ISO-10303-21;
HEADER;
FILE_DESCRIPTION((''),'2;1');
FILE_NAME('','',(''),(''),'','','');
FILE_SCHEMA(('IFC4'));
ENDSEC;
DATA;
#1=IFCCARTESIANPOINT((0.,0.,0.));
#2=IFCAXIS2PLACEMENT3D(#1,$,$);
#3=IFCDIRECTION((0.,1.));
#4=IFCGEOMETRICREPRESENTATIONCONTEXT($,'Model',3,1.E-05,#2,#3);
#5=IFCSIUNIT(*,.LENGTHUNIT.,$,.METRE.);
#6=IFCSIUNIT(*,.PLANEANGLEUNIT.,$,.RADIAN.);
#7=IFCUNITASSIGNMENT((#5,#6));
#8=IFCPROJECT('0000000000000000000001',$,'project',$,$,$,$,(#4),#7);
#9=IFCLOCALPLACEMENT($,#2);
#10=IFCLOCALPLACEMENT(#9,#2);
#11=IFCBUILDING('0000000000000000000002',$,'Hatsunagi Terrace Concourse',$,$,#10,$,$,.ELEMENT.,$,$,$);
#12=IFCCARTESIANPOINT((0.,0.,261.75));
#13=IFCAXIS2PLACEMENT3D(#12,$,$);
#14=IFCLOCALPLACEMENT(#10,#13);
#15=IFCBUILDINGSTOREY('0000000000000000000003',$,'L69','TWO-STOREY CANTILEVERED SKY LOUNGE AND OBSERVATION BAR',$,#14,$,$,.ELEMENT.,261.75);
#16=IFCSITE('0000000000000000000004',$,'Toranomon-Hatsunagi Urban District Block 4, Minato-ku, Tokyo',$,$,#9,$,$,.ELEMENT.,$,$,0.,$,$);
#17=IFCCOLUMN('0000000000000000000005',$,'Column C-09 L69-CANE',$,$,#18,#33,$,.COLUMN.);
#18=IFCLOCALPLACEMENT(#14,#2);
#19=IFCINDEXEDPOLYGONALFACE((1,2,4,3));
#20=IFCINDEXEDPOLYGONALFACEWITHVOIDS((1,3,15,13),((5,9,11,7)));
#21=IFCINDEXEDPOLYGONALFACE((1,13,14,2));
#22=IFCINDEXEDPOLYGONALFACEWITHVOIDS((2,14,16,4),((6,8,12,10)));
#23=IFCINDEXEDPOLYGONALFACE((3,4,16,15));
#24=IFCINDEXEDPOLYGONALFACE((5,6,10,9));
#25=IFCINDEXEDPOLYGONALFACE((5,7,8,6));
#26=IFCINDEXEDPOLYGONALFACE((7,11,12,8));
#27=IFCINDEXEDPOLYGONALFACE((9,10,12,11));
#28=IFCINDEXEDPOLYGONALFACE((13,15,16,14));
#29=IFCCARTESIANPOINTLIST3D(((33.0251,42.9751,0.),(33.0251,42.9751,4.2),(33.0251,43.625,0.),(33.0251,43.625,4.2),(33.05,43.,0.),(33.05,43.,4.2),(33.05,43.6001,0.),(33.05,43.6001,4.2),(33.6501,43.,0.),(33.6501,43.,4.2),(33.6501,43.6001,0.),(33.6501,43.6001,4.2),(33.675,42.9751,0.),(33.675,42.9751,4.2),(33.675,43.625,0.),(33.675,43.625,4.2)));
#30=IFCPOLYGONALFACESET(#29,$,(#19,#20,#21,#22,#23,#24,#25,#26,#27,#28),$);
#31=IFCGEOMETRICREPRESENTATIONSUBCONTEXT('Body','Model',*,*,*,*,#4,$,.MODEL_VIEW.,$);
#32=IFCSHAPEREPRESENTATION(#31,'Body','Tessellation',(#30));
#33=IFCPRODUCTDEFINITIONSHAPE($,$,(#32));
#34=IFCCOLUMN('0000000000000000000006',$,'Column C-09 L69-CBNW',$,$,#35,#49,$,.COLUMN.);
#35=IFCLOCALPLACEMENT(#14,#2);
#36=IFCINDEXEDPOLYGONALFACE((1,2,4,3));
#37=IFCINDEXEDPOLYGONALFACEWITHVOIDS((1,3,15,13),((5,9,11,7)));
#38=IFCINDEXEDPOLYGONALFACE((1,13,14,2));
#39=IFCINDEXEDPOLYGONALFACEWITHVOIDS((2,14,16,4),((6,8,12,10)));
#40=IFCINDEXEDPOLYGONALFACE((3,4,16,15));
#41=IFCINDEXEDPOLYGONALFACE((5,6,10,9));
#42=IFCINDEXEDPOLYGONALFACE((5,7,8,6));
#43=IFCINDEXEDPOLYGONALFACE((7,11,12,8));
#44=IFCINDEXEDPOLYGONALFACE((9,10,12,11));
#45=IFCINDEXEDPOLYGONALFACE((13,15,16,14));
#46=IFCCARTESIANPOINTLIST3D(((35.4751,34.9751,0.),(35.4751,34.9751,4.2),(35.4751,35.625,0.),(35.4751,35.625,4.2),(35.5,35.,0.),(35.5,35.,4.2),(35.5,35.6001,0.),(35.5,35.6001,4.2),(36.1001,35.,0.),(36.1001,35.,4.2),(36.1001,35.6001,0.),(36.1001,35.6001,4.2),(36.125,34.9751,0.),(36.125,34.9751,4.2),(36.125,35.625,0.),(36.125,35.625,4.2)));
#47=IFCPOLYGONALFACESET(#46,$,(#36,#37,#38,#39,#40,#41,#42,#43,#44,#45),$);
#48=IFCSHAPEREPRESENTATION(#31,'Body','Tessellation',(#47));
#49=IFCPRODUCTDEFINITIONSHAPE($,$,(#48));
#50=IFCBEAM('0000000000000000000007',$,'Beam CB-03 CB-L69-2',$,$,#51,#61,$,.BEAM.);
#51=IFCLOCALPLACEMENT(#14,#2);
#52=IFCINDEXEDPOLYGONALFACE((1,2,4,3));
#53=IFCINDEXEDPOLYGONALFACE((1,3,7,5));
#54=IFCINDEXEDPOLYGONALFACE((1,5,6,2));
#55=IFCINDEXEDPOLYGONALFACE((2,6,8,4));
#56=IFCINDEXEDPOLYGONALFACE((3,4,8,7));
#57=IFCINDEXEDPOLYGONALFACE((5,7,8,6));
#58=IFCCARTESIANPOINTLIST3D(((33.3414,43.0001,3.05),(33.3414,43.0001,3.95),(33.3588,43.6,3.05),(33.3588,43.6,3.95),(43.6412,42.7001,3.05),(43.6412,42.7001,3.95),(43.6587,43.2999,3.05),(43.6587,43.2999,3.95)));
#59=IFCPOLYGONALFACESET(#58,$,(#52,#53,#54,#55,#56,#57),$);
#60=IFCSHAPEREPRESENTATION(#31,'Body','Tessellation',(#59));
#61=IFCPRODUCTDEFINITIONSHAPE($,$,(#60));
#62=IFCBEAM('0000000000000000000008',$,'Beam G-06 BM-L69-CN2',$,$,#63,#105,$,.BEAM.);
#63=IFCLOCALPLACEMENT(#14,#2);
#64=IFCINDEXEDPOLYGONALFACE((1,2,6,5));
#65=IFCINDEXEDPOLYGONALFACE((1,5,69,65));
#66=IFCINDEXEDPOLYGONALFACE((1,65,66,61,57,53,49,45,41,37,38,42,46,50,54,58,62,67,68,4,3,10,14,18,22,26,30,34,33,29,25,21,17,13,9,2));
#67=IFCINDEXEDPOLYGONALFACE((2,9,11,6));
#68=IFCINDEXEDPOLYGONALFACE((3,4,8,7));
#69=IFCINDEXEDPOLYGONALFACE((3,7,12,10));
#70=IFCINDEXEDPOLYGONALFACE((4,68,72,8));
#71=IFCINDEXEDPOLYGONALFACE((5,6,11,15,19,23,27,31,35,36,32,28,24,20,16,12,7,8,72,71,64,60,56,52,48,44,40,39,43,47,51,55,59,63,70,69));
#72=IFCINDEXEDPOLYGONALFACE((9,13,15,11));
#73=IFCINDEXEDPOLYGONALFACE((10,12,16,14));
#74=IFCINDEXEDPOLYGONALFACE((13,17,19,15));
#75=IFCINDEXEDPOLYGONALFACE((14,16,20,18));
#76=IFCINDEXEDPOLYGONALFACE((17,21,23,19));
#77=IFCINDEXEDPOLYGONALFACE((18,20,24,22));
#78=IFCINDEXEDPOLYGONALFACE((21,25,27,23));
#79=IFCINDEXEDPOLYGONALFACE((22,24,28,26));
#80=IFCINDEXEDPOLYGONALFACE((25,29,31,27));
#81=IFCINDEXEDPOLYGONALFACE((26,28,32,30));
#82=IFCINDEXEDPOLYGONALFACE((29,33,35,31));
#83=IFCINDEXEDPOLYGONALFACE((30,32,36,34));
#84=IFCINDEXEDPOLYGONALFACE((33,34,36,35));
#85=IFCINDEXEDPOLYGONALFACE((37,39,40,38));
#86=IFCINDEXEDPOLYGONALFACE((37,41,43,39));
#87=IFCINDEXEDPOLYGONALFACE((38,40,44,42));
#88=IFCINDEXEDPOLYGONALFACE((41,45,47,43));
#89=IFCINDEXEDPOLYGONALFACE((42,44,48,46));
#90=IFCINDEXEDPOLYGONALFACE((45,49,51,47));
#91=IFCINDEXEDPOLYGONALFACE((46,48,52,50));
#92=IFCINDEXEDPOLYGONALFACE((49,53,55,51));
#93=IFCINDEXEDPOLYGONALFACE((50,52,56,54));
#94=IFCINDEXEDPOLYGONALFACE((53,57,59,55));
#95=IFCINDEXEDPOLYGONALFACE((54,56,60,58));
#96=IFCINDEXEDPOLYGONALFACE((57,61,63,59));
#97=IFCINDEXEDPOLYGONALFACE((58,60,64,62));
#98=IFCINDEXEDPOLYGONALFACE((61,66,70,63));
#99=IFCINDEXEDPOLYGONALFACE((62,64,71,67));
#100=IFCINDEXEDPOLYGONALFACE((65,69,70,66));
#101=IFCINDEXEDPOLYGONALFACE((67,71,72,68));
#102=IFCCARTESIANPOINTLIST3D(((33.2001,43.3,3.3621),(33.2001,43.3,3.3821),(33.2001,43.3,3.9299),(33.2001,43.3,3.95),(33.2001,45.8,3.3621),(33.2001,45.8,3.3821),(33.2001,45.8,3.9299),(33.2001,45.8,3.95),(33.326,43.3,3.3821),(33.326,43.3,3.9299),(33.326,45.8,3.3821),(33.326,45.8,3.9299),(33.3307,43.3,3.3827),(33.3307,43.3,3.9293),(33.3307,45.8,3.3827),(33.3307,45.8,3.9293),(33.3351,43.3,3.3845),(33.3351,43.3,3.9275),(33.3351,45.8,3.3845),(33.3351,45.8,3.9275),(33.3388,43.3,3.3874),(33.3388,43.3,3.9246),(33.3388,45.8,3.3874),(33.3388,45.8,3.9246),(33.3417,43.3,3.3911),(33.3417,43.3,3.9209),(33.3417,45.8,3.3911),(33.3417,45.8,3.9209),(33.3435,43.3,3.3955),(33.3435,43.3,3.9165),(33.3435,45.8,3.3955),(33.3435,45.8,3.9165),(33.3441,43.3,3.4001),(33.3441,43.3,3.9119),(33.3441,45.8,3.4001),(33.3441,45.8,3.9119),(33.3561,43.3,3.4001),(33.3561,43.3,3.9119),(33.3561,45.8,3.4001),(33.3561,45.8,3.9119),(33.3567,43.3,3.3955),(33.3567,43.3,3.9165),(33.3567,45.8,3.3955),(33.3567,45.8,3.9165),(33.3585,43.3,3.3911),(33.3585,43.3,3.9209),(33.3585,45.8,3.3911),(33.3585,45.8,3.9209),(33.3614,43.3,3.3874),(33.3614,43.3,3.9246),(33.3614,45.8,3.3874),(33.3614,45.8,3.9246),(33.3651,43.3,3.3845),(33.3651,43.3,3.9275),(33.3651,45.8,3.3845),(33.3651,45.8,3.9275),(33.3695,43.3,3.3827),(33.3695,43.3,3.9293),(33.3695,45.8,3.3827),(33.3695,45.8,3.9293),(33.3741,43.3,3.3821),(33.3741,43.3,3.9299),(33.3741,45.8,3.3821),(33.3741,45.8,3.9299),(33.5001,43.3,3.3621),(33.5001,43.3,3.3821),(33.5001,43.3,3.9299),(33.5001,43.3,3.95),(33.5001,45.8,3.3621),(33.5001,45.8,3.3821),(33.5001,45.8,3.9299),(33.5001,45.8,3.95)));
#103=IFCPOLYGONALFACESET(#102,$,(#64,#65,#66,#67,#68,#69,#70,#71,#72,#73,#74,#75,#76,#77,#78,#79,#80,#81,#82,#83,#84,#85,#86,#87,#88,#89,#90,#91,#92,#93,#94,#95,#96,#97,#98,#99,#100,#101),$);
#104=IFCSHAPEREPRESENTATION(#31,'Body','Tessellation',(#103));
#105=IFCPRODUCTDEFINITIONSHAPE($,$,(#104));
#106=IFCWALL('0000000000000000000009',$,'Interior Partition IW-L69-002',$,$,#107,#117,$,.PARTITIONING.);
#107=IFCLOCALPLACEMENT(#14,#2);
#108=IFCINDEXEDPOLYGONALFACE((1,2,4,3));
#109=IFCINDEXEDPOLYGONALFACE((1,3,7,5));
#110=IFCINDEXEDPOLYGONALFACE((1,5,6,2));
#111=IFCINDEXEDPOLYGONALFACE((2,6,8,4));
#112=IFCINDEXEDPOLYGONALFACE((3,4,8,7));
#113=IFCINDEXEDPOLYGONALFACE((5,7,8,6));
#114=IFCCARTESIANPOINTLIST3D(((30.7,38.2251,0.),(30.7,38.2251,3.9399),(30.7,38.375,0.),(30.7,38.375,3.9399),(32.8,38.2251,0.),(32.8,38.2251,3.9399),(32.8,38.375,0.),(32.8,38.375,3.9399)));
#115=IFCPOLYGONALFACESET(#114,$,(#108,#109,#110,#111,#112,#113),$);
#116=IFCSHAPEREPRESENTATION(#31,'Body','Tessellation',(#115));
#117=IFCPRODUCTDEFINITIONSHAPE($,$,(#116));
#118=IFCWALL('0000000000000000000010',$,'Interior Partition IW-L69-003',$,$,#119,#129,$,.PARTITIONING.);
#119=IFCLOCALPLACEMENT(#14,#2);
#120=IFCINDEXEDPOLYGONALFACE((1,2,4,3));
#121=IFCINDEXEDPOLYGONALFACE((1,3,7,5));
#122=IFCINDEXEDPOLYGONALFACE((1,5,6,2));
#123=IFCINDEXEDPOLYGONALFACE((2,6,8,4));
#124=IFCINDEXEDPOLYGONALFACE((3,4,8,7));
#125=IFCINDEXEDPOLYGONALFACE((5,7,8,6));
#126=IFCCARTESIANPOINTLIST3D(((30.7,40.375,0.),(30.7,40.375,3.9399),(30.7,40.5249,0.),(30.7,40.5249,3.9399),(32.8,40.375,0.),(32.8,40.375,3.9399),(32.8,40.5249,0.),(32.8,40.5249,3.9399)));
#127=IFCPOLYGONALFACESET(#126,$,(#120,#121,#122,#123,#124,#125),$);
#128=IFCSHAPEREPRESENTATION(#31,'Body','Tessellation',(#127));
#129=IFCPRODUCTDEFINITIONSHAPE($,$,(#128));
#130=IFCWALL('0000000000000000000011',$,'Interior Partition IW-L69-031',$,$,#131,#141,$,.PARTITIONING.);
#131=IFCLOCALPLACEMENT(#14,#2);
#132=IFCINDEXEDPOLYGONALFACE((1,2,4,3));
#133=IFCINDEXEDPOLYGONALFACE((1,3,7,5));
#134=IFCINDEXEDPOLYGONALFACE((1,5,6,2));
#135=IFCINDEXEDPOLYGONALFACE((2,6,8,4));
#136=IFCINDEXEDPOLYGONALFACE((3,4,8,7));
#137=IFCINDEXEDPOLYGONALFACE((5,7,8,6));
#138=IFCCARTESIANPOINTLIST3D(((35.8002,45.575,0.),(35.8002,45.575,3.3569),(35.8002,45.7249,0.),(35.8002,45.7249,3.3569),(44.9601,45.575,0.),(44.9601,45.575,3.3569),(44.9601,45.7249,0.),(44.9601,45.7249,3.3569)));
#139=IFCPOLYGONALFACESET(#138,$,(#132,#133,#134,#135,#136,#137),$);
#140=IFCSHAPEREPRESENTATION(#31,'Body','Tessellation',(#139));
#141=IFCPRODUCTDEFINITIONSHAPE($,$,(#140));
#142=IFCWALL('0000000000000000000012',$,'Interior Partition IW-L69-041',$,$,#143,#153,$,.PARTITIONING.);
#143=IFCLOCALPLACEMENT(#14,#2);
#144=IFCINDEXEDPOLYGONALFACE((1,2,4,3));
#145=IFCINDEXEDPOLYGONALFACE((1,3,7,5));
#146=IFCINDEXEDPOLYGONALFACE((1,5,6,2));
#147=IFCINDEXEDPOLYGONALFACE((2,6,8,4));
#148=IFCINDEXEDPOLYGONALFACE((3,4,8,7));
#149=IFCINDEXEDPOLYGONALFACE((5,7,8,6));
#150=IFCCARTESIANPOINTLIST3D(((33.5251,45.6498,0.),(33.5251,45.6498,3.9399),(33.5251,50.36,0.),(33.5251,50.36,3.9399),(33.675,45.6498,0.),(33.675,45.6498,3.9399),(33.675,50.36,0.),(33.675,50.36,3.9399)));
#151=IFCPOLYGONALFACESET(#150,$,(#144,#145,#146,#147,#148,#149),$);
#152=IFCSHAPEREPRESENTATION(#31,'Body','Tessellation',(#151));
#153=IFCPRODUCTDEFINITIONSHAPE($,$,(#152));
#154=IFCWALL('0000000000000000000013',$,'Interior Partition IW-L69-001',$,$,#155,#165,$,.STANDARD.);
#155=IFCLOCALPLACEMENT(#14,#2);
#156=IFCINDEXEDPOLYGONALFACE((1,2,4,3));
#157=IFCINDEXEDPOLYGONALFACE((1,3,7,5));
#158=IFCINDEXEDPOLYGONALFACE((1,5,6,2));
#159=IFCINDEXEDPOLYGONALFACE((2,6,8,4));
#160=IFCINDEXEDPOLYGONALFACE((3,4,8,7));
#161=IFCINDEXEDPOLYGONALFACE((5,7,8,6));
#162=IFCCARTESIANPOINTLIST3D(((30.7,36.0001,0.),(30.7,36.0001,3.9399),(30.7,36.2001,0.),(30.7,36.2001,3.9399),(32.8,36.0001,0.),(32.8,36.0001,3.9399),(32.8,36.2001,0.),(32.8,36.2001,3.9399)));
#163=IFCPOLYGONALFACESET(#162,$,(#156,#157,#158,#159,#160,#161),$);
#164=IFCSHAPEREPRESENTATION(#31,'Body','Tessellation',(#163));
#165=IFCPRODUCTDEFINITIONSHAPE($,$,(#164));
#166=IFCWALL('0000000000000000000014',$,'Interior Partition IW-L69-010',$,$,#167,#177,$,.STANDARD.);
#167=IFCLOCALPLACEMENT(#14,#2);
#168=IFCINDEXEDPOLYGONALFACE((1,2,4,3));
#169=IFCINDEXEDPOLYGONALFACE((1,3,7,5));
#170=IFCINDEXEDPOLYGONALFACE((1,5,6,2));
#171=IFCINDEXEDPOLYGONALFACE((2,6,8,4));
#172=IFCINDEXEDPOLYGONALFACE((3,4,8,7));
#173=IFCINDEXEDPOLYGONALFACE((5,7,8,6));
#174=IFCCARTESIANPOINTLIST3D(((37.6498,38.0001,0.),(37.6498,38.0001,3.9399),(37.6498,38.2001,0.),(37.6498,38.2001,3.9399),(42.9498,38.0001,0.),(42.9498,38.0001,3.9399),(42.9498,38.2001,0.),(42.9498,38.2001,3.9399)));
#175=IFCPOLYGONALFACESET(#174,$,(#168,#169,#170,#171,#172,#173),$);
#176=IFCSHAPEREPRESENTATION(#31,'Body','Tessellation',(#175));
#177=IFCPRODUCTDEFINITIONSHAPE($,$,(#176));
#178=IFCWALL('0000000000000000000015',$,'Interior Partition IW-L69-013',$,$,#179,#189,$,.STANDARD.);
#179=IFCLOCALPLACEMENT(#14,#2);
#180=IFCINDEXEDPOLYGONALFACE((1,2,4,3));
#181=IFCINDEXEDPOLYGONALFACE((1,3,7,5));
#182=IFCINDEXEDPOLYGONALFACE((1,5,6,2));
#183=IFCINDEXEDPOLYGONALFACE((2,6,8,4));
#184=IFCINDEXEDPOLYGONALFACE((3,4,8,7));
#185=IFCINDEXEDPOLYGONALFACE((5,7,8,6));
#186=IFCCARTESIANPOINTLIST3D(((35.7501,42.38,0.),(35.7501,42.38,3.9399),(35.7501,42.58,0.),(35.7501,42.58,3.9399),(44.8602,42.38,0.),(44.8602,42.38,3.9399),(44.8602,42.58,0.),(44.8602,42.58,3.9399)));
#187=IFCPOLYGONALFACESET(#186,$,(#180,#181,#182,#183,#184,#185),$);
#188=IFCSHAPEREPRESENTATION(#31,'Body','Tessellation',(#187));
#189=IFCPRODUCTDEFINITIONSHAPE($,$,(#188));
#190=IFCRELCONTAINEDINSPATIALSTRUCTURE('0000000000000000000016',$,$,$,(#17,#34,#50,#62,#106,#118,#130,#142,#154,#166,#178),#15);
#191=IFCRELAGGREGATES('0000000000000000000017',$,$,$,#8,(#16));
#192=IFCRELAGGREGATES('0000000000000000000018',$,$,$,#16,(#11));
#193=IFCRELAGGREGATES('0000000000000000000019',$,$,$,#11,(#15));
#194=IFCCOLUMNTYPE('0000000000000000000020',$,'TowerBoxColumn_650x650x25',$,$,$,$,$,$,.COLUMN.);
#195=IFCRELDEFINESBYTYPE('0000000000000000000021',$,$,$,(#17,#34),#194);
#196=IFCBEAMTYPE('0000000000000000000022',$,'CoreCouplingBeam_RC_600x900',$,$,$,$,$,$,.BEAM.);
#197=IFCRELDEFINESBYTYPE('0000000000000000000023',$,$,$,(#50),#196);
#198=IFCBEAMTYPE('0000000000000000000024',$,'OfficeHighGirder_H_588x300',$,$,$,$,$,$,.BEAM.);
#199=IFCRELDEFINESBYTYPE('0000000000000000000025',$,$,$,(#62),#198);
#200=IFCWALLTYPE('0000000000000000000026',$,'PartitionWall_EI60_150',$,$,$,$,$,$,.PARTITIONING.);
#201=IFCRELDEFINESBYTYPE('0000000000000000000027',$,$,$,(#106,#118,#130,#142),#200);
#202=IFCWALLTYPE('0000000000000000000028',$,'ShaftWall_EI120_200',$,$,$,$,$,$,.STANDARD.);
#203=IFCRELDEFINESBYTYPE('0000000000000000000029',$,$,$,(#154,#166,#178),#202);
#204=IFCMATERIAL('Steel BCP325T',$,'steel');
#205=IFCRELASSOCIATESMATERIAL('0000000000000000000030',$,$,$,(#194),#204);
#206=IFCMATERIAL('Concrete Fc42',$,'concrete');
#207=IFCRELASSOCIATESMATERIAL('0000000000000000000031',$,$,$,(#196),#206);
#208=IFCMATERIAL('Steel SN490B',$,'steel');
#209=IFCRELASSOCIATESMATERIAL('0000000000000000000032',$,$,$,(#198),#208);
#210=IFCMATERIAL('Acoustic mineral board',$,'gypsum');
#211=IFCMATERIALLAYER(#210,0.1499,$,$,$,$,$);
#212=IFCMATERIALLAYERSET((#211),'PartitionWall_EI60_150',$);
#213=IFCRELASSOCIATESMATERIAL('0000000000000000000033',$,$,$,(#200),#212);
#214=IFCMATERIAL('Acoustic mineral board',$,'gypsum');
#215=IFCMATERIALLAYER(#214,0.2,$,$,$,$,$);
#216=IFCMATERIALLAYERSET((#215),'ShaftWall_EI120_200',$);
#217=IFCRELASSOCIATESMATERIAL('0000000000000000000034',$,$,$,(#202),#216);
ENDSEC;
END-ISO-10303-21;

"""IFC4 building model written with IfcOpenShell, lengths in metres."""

from ifc_helpers import new_model, si_unit, direction, frame, frame_2d, origin, origin_2d, place, context, subcontext, project, spatial, rectangle, hollow_rectangle, i_section, extrude, material, layer, layer_set, material_profile, profile_set, type_object, element, save


model = new_model("IFC4")

# Units and contexts
model_context = context("Model", 3, precision=1e-05, world=origin(), true_north=direction((0.0, 1.0)))
body_context = subcontext(model_context, "Body", "Model", "MODEL_VIEW")
ifc_project = project(units=[si_unit("LENGTHUNIT", "METRE"), si_unit("PLANEANGLEUNIT", "RADIAN")], contexts=[model_context])

# Site, building, storey
site_placement = place(None, origin())
site = spatial("IfcSite", under=ifc_project, at=site_placement, Name="Toranomon-Hatsunagi Urban District Block 4, Minato-ku, Tokyo", CompositionType="ELEMENT", RefElevation=0.0)
building_placement = place(site_placement, origin())
building = spatial("IfcBuilding", under=site, at=building_placement, Name="Hatsunagi Terrace Concourse", CompositionType="ELEMENT")
storey_placement = place(building_placement, frame((0.0, 0.0, 261.75)))
storey = spatial("IfcBuildingStorey", under=building, at=storey_placement, Name="L69", Description="TWO-STOREY CANTILEVERED SKY LOUNGE AND OBSERVATION BAR", CompositionType="ELEMENT", Elevation=261.75)

# Columns
ifc_material_1 = material(Name="Steel BCP325T", Category="steel")
ifc_material_profile_1 = material_profile(ifc_material_1, hollow_rectangle(XDim=0.6499, YDim=0.6499, WallThickness=0.0249, at=origin_2d()), Name="BCP-650x650x25")
ifc_profile_set_1 = profile_set([ifc_material_profile_1], Name="Steel BCP325T")
column_type = type_object("IfcColumnType", Name="TowerBoxColumn_650x650x25", PredefinedType="COLUMN", material=ifc_profile_set_1)
for number, where, z_axis, x_axis, name in (
    (1, (33.3501, 43.3, 0.0), (0.0, 0.0, 1.0), (1.0, 0.0, 0.0), "Column C-09 L69-CANE"),
    (2, (35.8, 35.3, 0.0), (0.0, 0.0, 1.0), (1.0, 0.0, 0.0), "Column C-09 L69-CBNW"),
):
    element("IfcColumn", number, at=place(storey_placement, frame(where, z_axis=z_axis, x_axis=x_axis)), inside=storey, type_object=column_type, Name=name, PredefinedType="COLUMN", context=body_context, shape_type="SweptSolid", body=[
        extrude(hollow_rectangle(XDim=0.6499, YDim=0.6499, WallThickness=0.0249, at=origin_2d()), origin(), (0.0, 0.0, 1.0), 4.2),
    ])

# Beams
ifc_material_2 = material(Name="Concrete Fc42", Category="concrete")
ifc_material_profile_2 = material_profile(ifc_material_2, rectangle(XDim=0.6001, YDim=0.8999, at=origin_2d()), Name="RC-600x900")
ifc_profile_set_2 = profile_set([ifc_material_profile_2], Name="Concrete Fc42")
beam_type_1 = type_object("IfcBeamType", Name="CoreCouplingBeam_RC_600x900", PredefinedType="BEAM", material=ifc_profile_set_2)
beam_1_placement = place(storey_placement, frame((33.3501, 43.3, 3.5), z_axis=(0.999576, -0.029119, 0.0), x_axis=(0.029119, 0.999576, 0.0)))
element("IfcBeam", 3, at=beam_1_placement, inside=storey, type_object=beam_type_1, Name="Beam CB-03 CB-L69-2", PredefinedType="BEAM", context=body_context, shape_type="SweptSolid", body=[
    extrude(rectangle(XDim=0.6001, YDim=0.8999, at=origin_2d()), origin(), (0.0, 0.0, 1.0), 10.3042),
])
ifc_material_3 = material(Name="Steel SN490B", Category="steel")
ifc_material_profile_3 = material_profile(ifc_material_3, i_section(OverallWidth=0.3, OverallDepth=0.5879, WebThickness=0.012, FlangeThickness=0.02, FilletRadius=0.0181, at=origin_2d()), Name="H-588x300x12x20")
ifc_profile_set_3 = profile_set([ifc_material_profile_3], Name="Steel SN490B")
beam_type_2 = type_object("IfcBeamType", Name="OfficeHighGirder_H_588x300", PredefinedType="BEAM", material=ifc_profile_set_3)
beam_2_placement = place(storey_placement, frame((33.3501, 43.3, 3.656), z_axis=(0.0, 1.0, 0.0), x_axis=(-1.0, 0.0, 0.0)))
element("IfcBeam", 4, at=beam_2_placement, inside=storey, type_object=beam_type_2, Name="Beam G-06 BM-L69-CN2", PredefinedType="BEAM", context=body_context, shape_type="SweptSolid", body=[
    extrude(i_section(OverallWidth=0.3, OverallDepth=0.5879, WebThickness=0.012, FlangeThickness=0.02, FilletRadius=0.0181, at=origin_2d()), origin(), (0.0, 0.0, 1.0), 2.5),
])

# Walls
ifc_material_4 = material(Name="Acoustic mineral board", Category="gypsum")
ifc_layer_1 = layer(ifc_material_4, 0.1499)
ifc_layer_set_1 = layer_set([ifc_layer_1], Name="PartitionWall_EI60_150")
wall_type_1 = type_object("IfcWallType", Name="PartitionWall_EI60_150", PredefinedType="PARTITIONING", material=ifc_layer_set_1)
for number, where, z_axis, x_axis, name in (
    (5, (30.7, 38.3, 0.0), (0.0, 0.0, 1.0), (1.0, 0.0, 0.0), "Interior Partition IW-L69-002"),
    (6, (30.7, 40.45, 0.0), (0.0, 0.0, 1.0), (1.0, 0.0, 0.0), "Interior Partition IW-L69-003"),
):
    element("IfcWall", number, at=place(storey_placement, frame(where, z_axis=z_axis, x_axis=x_axis)), inside=storey, type_object=wall_type_1, Name=name, PredefinedType="PARTITIONING", context=body_context, shape_type="SweptSolid", body=[
        extrude(rectangle(XDim=2.1001, YDim=0.1499, at=frame_2d((1.05, 0.0))), origin(), (0.0, 0.0, 1.0), 3.9399),
    ])
wall_1_placement = place(storey_placement, frame((35.8, 45.6499, 0.0), z_axis=(0.0, 0.0, 1.0), x_axis=(1.0, 0.0, 0.0)))
element("IfcWall", 7, at=wall_1_placement, inside=storey, type_object=wall_type_1, Name="Interior Partition IW-L69-031", PredefinedType="PARTITIONING", context=body_context, shape_type="SweptSolid", body=[
    extrude(rectangle(XDim=9.1599, YDim=0.1499, at=frame_2d((4.5801, 0.0))), origin(), (0.0, 0.0, 1.0), 3.3569),
])

# Wall
wall_2_placement = place(storey_placement, frame((33.6001, 45.6499, 0.0), z_axis=(0.0, 0.0, 1.0), x_axis=(0.0, 1.0, 0.0)))
element("IfcWall", 8, at=wall_2_placement, inside=storey, type_object=wall_type_1, Name="Interior Partition IW-L69-041", PredefinedType="PARTITIONING", context=body_context, shape_type="SweptSolid", body=[
    extrude(rectangle(XDim=4.7102, YDim=0.1499, at=frame_2d((2.355, 0.0))), origin(), (0.0, 0.0, 1.0), 3.9399),
])

# Walls
ifc_material_5 = material(Name="Acoustic mineral board", Category="gypsum")
ifc_layer_2 = layer(ifc_material_5, 0.2)
ifc_layer_set_2 = layer_set([ifc_layer_2], Name="ShaftWall_EI120_200")
wall_type_2 = type_object("IfcWallType", Name="ShaftWall_EI120_200", PredefinedType="STANDARD", material=ifc_layer_set_2)
wall_3_placement = place(storey_placement, frame((30.7, 36.1001, 0.0), z_axis=(0.0, 0.0, 1.0), x_axis=(1.0, 0.0, 0.0)))
element("IfcWall", 9, at=wall_3_placement, inside=storey, type_object=wall_type_2, Name="Interior Partition IW-L69-001", PredefinedType="STANDARD", context=body_context, shape_type="SweptSolid", body=[
    extrude(rectangle(XDim=2.1001, YDim=0.2, at=frame_2d((1.05, 0.0))), origin(), (0.0, 0.0, 1.0), 3.9399),
])
wall_4_placement = place(storey_placement, frame((37.6499, 38.1001, 0.0), z_axis=(0.0, 0.0, 1.0), x_axis=(1.0, 0.0, 0.0)))
element("IfcWall", 10, at=wall_4_placement, inside=storey, type_object=wall_type_2, Name="Interior Partition IW-L69-010", PredefinedType="STANDARD", context=body_context, shape_type="SweptSolid", body=[
    extrude(rectangle(XDim=5.3, YDim=0.2, at=frame_2d((2.6499, 0.0))), origin(), (0.0, 0.0, 1.0), 3.9399),
])
wall_5_placement = place(storey_placement, frame((35.75, 42.48, 0.0), z_axis=(0.0, 0.0, 1.0), x_axis=(1.0, 0.0, 0.0)))
element("IfcWall", 11, at=wall_5_placement, inside=storey, type_object=wall_type_2, Name="Interior Partition IW-L69-013", PredefinedType="STANDARD", context=body_context, shape_type="SweptSolid", body=[
    extrude(rectangle(XDim=9.1101, YDim=0.2, at=frame_2d((4.5552, 0.0))), origin(), (0.0, 0.0, 1.0), 3.9399),
])

save(model, "model.ifc")
